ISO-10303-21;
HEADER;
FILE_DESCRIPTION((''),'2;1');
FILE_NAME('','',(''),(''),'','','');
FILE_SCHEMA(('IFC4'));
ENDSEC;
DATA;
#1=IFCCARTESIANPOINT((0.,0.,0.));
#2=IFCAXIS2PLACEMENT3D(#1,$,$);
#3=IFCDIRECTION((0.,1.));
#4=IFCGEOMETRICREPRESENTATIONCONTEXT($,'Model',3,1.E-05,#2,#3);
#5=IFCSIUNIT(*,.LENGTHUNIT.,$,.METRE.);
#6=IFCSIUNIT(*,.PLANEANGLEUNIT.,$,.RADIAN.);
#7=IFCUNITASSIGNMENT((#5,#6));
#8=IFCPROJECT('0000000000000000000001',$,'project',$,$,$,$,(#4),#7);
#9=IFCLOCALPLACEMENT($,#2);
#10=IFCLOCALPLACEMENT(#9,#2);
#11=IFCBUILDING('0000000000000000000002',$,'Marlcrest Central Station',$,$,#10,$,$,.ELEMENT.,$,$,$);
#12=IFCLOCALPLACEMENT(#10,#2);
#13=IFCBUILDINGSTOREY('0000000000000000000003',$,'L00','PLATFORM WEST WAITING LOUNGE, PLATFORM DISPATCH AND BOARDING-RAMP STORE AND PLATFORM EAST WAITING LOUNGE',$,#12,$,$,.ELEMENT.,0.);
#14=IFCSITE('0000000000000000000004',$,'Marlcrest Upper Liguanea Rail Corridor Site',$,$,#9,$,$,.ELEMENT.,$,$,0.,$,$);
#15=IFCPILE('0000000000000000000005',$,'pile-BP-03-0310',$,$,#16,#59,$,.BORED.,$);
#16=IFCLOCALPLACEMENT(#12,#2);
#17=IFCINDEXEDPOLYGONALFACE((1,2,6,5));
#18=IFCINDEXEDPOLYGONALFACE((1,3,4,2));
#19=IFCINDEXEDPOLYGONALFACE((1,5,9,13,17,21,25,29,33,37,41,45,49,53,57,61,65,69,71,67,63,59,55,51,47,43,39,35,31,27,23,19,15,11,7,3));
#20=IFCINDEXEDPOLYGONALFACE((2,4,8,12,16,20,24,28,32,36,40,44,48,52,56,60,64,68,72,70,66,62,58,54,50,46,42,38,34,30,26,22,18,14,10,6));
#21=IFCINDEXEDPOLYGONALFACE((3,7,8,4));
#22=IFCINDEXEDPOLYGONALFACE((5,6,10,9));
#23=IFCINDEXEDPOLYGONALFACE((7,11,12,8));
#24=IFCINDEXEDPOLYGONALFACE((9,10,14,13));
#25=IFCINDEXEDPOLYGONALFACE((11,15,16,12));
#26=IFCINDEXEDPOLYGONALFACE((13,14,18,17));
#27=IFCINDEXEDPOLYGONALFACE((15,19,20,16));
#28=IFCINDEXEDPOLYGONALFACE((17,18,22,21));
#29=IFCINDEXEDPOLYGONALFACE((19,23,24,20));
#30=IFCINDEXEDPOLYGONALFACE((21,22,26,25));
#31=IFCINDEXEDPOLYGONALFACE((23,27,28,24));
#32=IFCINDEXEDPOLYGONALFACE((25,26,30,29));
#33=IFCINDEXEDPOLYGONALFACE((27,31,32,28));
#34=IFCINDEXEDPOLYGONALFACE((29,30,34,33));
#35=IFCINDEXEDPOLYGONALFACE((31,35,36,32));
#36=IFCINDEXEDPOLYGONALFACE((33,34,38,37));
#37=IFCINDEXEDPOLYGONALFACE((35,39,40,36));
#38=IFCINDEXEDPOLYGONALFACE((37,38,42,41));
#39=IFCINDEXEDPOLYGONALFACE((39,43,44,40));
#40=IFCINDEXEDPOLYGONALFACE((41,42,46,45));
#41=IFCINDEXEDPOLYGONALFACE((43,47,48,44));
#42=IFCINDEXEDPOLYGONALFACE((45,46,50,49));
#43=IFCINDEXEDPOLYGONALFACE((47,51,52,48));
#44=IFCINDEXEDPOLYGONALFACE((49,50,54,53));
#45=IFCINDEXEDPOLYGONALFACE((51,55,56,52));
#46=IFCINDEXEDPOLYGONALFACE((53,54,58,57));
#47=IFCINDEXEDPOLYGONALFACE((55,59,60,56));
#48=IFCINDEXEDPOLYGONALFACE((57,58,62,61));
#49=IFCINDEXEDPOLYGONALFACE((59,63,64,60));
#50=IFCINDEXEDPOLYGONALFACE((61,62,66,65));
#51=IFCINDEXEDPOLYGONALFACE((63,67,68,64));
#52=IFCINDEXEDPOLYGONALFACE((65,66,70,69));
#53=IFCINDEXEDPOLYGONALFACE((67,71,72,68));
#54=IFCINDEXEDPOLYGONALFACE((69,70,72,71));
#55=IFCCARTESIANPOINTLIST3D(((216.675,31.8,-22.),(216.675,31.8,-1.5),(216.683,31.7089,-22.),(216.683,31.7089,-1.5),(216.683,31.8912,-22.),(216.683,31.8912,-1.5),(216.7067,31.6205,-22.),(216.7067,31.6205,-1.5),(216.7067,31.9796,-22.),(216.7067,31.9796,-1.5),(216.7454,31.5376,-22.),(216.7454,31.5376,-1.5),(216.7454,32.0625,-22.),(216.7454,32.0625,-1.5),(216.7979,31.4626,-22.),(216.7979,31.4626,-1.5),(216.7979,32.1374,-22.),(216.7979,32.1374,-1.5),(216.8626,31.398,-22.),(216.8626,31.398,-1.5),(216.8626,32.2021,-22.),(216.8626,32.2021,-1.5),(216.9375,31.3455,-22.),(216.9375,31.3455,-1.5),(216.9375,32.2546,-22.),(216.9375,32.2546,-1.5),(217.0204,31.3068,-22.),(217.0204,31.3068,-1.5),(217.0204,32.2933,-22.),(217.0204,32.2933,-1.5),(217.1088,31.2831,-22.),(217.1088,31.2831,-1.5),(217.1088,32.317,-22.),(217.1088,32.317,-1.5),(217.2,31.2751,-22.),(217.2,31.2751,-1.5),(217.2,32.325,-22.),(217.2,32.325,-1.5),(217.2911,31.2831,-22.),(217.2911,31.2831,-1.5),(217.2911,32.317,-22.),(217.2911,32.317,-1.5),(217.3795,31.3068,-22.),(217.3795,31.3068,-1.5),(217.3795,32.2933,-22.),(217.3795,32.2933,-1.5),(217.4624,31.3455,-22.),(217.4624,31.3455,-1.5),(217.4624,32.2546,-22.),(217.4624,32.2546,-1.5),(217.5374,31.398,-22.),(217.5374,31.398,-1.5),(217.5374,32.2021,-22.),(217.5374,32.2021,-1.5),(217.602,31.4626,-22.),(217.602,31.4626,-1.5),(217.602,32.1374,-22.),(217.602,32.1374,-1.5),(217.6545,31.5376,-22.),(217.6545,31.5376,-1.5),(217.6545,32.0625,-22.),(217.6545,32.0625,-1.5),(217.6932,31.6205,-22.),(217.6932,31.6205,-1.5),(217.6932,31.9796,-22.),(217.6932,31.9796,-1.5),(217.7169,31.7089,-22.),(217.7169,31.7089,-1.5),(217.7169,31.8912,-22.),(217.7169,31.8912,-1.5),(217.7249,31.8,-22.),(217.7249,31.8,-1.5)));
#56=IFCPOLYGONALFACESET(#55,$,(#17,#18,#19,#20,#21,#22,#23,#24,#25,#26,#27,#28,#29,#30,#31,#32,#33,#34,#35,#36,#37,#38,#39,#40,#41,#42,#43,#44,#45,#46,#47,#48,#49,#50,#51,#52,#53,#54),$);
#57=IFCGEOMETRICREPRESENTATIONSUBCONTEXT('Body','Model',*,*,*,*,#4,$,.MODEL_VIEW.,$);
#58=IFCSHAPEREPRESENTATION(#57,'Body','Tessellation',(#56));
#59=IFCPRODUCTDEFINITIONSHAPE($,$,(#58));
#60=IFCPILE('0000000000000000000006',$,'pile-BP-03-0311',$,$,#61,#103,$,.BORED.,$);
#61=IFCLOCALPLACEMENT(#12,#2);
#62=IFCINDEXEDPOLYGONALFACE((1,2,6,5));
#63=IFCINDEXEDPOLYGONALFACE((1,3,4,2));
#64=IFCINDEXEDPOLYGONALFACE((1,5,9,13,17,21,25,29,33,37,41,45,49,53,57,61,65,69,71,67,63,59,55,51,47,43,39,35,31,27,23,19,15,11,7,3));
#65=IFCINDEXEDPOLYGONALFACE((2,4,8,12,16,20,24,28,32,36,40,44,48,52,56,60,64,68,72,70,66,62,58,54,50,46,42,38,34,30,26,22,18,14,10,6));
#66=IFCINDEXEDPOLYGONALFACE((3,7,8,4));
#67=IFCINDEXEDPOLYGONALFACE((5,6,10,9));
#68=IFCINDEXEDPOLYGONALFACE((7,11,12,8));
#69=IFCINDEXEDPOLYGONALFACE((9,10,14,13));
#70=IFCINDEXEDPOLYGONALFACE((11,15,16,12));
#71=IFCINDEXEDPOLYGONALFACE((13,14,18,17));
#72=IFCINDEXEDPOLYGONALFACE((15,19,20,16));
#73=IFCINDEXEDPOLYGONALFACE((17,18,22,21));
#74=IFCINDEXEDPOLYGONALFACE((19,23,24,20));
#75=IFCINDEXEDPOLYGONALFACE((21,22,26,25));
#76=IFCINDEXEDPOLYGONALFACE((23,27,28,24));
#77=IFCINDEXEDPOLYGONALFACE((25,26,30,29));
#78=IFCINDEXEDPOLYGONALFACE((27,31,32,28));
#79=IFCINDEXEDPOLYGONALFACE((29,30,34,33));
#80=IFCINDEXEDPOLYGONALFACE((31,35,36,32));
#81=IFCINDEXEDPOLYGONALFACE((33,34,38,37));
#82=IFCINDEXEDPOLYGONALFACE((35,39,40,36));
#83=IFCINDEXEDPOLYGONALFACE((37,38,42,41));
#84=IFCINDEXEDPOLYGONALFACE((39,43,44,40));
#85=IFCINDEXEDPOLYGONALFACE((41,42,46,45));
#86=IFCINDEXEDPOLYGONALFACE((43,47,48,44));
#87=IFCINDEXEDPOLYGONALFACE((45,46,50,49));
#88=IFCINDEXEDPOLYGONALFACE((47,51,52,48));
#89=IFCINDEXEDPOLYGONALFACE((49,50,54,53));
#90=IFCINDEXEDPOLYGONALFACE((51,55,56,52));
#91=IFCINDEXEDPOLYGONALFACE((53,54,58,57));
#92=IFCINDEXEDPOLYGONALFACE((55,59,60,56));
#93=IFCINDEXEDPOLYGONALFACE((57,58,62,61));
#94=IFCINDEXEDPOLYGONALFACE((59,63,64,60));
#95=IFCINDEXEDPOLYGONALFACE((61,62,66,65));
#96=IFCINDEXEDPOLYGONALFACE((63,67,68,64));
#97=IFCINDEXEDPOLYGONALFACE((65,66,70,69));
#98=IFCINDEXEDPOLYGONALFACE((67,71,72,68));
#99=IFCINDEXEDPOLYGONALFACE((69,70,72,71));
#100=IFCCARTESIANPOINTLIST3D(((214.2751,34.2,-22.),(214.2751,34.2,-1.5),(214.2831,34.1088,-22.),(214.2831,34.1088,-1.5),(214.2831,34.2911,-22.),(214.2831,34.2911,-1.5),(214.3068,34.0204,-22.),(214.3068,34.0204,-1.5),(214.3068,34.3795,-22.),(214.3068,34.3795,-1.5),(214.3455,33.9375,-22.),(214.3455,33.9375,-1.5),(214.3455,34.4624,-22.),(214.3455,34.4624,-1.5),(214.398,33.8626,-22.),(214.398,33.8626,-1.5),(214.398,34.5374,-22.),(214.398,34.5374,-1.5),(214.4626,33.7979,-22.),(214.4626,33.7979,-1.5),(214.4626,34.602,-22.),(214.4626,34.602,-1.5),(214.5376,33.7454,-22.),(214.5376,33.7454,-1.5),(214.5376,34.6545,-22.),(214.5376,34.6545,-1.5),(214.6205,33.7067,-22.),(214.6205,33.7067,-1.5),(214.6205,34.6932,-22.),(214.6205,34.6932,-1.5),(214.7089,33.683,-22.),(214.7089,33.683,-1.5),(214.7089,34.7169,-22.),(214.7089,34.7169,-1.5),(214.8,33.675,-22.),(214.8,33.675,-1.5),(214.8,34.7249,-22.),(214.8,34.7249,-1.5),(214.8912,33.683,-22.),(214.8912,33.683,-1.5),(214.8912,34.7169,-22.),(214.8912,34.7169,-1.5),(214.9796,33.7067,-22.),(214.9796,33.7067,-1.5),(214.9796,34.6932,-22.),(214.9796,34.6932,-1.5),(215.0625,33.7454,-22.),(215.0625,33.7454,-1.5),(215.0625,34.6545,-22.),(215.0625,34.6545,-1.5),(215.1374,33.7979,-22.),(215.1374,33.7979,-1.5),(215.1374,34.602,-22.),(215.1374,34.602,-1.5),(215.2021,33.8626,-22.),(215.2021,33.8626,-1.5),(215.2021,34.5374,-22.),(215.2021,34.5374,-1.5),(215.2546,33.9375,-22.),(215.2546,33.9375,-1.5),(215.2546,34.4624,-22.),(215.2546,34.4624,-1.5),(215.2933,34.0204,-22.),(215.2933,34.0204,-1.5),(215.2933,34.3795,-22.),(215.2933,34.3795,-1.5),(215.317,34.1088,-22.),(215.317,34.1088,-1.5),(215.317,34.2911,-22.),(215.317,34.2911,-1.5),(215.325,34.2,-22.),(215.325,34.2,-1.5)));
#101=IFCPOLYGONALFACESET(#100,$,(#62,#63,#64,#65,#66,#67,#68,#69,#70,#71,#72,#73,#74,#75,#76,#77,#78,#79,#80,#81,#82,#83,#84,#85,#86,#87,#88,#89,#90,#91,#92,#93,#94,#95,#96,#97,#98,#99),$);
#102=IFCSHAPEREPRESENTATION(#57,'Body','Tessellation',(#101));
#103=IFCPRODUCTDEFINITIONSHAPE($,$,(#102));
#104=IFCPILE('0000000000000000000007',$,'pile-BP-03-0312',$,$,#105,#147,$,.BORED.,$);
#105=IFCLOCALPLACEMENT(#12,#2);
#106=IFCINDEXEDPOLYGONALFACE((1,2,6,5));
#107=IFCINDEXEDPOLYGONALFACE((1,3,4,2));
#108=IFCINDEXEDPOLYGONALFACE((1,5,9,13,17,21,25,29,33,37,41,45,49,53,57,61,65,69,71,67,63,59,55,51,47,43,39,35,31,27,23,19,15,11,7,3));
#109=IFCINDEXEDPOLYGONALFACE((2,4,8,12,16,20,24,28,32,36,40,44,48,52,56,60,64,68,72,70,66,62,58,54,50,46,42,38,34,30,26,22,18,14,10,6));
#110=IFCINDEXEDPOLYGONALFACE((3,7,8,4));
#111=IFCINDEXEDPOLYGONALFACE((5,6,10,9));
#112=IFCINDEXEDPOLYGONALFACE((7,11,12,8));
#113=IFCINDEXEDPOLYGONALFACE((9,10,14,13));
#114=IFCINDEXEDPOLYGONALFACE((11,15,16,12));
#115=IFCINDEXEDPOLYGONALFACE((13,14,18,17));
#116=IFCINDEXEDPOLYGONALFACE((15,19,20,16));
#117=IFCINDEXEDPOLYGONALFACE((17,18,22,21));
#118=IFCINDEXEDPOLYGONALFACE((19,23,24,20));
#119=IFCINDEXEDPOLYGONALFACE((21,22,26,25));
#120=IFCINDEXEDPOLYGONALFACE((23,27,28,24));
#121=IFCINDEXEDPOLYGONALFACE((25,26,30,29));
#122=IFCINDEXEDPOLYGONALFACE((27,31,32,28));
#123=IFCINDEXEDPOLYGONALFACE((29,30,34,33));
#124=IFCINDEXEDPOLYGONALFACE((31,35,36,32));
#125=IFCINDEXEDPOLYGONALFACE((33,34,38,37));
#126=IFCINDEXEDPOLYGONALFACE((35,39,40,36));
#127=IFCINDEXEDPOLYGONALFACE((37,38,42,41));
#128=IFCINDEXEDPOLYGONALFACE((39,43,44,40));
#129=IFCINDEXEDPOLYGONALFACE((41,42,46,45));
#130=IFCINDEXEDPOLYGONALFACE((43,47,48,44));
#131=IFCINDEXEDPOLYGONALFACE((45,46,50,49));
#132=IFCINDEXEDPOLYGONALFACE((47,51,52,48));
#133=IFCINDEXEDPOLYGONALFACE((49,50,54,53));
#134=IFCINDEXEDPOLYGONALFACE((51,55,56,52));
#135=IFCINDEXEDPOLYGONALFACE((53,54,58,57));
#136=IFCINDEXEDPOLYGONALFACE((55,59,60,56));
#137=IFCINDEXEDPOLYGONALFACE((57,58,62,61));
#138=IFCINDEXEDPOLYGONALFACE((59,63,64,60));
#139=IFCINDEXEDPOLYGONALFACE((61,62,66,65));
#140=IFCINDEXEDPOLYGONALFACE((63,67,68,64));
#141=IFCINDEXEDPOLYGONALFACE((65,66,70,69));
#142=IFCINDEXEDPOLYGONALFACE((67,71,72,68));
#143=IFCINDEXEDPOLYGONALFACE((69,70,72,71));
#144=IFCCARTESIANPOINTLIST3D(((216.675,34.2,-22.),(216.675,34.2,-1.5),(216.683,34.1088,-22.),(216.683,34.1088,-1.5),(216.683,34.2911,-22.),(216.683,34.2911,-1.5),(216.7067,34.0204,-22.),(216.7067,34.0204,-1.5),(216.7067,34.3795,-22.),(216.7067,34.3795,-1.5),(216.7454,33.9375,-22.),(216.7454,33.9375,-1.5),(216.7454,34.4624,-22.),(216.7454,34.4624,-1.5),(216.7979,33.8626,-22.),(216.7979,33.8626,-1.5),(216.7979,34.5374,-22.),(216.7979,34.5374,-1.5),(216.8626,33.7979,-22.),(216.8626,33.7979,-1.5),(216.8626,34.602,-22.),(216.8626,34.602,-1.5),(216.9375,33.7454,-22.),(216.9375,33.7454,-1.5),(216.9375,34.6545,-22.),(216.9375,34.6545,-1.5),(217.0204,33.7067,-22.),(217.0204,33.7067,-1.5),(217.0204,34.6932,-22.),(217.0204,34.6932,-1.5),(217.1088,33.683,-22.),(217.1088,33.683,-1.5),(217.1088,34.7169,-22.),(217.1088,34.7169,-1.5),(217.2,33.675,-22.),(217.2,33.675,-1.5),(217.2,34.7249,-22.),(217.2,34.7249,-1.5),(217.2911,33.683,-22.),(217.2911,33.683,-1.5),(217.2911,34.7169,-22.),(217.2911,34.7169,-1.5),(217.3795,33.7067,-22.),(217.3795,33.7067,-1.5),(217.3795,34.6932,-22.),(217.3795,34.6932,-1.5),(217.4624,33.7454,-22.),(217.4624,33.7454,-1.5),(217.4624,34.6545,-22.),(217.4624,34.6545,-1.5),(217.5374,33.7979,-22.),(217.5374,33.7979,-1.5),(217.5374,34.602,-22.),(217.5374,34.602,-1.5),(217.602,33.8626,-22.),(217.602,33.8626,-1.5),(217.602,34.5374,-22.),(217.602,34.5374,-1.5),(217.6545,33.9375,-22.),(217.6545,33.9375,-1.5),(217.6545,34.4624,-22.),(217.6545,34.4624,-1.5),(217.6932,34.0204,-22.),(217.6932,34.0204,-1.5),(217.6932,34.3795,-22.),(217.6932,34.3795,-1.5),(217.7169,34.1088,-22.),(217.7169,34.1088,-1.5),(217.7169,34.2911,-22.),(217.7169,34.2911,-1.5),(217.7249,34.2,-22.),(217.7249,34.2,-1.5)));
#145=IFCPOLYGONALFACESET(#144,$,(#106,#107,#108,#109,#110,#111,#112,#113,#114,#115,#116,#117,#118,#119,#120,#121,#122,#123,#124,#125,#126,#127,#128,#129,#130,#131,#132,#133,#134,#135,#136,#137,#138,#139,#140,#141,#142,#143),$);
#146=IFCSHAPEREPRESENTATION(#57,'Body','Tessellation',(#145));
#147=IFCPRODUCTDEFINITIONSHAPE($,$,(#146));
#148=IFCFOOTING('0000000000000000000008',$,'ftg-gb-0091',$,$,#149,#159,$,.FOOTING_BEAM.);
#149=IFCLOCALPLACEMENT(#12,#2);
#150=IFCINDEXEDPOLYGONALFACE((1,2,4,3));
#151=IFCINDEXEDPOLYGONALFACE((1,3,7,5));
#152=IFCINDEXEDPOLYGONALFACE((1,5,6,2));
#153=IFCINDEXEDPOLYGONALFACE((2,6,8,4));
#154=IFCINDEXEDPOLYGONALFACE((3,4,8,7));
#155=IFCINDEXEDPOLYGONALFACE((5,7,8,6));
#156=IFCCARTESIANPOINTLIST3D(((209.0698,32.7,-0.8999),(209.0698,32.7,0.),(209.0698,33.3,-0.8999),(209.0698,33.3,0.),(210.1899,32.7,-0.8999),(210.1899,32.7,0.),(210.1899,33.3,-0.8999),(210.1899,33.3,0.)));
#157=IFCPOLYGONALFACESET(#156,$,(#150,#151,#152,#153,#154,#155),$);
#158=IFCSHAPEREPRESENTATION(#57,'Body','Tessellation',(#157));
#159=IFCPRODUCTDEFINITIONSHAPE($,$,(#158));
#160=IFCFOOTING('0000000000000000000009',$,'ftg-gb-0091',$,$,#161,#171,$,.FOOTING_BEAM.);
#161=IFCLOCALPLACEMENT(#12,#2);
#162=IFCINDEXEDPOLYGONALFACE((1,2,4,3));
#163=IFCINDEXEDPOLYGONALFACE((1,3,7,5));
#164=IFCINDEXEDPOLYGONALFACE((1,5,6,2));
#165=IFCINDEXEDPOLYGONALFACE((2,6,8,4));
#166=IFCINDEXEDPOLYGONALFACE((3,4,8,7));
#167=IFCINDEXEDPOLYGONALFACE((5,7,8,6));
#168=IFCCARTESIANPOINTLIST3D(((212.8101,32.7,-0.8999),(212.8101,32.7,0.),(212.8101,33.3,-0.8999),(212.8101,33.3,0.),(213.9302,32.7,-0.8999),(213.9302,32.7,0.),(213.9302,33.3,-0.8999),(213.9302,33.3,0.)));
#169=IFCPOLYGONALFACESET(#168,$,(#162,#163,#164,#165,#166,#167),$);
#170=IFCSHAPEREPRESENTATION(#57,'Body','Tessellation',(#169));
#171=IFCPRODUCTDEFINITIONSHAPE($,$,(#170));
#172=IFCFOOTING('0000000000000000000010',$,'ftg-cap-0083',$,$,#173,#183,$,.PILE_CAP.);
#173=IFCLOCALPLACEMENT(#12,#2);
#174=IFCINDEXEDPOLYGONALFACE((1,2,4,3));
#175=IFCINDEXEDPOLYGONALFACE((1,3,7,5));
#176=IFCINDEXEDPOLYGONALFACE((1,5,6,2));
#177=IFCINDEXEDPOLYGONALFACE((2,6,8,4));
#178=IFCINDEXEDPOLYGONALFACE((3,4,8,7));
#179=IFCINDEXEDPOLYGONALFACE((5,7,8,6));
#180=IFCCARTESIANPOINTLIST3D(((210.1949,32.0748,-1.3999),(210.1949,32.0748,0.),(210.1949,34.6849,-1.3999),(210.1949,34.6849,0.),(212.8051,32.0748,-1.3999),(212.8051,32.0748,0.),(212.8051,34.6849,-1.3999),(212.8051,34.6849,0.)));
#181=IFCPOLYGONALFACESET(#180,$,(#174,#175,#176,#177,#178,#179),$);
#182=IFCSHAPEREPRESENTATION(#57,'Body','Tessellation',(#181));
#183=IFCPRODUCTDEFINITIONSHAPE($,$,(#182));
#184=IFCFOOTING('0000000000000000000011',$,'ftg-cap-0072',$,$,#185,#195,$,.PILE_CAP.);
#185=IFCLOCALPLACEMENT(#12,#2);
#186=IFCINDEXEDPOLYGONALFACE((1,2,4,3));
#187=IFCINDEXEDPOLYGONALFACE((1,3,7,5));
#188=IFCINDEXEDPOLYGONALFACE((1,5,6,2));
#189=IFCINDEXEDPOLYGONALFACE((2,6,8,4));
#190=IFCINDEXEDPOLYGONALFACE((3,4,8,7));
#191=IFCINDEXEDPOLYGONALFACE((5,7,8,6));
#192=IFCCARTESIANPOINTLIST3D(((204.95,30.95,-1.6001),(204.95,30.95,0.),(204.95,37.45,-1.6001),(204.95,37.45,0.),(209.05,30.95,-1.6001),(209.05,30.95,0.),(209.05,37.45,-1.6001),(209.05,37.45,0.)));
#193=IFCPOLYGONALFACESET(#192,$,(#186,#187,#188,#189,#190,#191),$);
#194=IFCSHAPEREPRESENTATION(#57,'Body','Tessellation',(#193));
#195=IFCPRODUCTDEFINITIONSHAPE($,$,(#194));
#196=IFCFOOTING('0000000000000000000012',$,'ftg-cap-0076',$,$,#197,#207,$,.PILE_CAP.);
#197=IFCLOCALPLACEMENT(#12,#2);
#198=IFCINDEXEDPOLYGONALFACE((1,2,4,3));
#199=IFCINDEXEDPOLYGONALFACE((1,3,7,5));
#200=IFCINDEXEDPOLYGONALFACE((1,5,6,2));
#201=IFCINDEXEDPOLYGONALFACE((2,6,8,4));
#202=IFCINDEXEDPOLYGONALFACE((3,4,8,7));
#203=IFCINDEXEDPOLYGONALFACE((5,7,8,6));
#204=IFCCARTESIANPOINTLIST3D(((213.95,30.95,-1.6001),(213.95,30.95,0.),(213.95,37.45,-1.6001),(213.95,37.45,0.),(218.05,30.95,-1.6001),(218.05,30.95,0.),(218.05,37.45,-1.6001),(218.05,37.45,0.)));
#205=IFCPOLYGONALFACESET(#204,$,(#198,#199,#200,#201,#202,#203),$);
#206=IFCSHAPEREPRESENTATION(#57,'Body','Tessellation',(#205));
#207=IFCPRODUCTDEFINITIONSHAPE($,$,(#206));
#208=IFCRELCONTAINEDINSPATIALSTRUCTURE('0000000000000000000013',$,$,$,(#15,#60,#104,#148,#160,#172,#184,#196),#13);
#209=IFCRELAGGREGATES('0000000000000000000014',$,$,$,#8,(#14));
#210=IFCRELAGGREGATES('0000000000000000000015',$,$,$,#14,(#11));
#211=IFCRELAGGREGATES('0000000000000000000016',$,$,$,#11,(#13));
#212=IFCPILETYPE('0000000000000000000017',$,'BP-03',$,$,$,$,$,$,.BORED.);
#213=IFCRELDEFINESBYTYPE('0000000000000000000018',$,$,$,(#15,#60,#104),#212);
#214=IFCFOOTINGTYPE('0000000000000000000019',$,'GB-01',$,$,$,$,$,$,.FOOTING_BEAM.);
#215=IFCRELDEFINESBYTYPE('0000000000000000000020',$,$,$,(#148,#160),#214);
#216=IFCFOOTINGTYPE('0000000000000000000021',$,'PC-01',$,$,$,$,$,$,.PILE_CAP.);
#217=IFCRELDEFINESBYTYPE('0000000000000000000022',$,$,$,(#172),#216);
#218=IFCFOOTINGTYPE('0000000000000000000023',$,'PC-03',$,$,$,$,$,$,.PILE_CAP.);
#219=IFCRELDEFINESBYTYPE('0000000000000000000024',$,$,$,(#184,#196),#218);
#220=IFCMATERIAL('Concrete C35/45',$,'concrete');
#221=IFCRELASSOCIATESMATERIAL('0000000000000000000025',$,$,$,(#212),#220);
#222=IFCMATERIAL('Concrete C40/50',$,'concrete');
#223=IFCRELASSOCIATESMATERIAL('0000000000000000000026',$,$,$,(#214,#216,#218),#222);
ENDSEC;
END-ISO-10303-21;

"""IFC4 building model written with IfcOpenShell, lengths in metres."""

from ifc_helpers import new_model, si_unit, direction, frame, origin, origin_2d, place, context, subcontext, project, spatial, rectangle, circle, extrude, material, material_profile, profile_set, type_object, element, save


model = new_model("IFC4")

# Units and contexts
model_context = context("Model", 3, precision=1e-05, world=origin(), true_north=direction((0.0, 1.0)))
body_context = subcontext(model_context, "Body", "Model", "MODEL_VIEW")
ifc_project = project(units=[si_unit("LENGTHUNIT", "METRE"), si_unit("PLANEANGLEUNIT", "RADIAN")], contexts=[model_context])

# Site, building, storey
site_placement = place(None, origin())
site = spatial("IfcSite", under=ifc_project, at=site_placement, Name="Marlcrest Upper Liguanea Rail Corridor Site", CompositionType="ELEMENT", RefElevation=0.0)
building_placement = place(site_placement, origin())
building = spatial("IfcBuilding", under=site, at=building_placement, Name="Marlcrest Central Station", CompositionType="ELEMENT")
storey_placement = place(building_placement, origin())
storey = spatial("IfcBuildingStorey", under=building, at=storey_placement, Name="L00", Description="PLATFORM WEST WAITING LOUNGE, PLATFORM DISPATCH AND BOARDING-RAMP STORE AND PLATFORM EAST WAITING LOUNGE", CompositionType="ELEMENT", Elevation=0.0)

# Piles
ifc_material_1 = material(Name="Concrete C35/45", Category="concrete")
ifc_material_profile_1 = material_profile(ifc_material_1, circle(Radius=0.5249, at=origin_2d()), Name="PILE D1050")
ifc_profile_set_1 = profile_set([ifc_material_profile_1], Name="Concrete C35/45")
pile_type_1 = type_object("IfcPileType", Name="BP-03", PredefinedType="BORED", material=ifc_profile_set_1)
for number, where, z_axis, x_axis, name in (
    (1, (217.2, 31.8, -1.5), (0.0, 0.0, -1.0), (1.0, 0.0, 0.0), "pile-BP-03-0310"),
    (2, (214.8, 34.2, -1.5), (0.0, 0.0, -1.0), (1.0, 0.0, 0.0), "pile-BP-03-0311"),
    (3, (217.2, 34.2, -1.5), (0.0, 0.0, -1.0), (1.0, 0.0, 0.0), "pile-BP-03-0312"),
):
    element("IfcPile", number, at=place(storey_placement, frame(where, z_axis=z_axis, x_axis=x_axis)), inside=storey, type_object=pile_type_1, Name=name, PredefinedType="BORED", context=body_context, shape_type="SweptSolid", body=[
        extrude(circle(Radius=0.5249, at=origin_2d()), origin(), (0.0, 0.0, 1.0), 20.5),
    ])

# Footings
ifc_material_2 = material(Name="Concrete C40/50", Category="concrete")
footing_type_1 = type_object("IfcFootingType", Name="GB-01", PredefinedType="FOOTING_BEAM", material=ifc_material_2)
for number, where, z_axis, x_axis, name in (
    (4, (209.6299, 33.0, -0.8999), (0.0, 0.0, 1.0), (1.0, 0.0, 0.0), "ftg-gb-0091"),
    (5, (213.3701, 33.0, -0.8999), (0.0, 0.0, 1.0), (1.0, 0.0, 0.0), "ftg-gb-0091"),
):
    element("IfcFooting", number, at=place(storey_placement, frame(where, z_axis=z_axis, x_axis=x_axis)), inside=storey, type_object=footing_type_1, Name=name, PredefinedType="FOOTING_BEAM", context=body_context, shape_type="SweptSolid", body=[
        extrude(rectangle(XDim=1.1201, YDim=0.6001, at=origin_2d()), origin(), (0.0, 0.0, 1.0), 0.8999),
    ])
footing_type_2 = type_object("IfcFootingType", Name="PC-01", PredefinedType="PILE_CAP", material=ifc_material_2)
footing_1_placement = place(storey_placement, frame((211.5, 33.3799, -1.3999), z_axis=(0.0, 0.0, 1.0), x_axis=(1.0, 0.0, 0.0)))
element("IfcFooting", 6, at=footing_1_placement, inside=storey, type_object=footing_type_2, Name="ftg-cap-0083", PredefinedType="PILE_CAP", context=body_context, shape_type="SweptSolid", body=[
    extrude(rectangle(XDim=2.6101, YDim=2.6101, at=origin_2d()), origin(), (0.0, 0.0, 1.0), 1.3999),
])
footing_type_3 = type_object("IfcFootingType", Name="PC-03", PredefinedType="PILE_CAP", material=ifc_material_2)
for number, where, z_axis, x_axis, name in (
    (7, (207.0, 34.2, -1.6001), (0.0, 0.0, 1.0), (1.0, 0.0, 0.0), "ftg-cap-0072"),
    (8, (216.0, 34.2, -1.6001), (0.0, 0.0, 1.0), (1.0, 0.0, 0.0), "ftg-cap-0076"),
):
    element("IfcFooting", number, at=place(storey_placement, frame(where, z_axis=z_axis, x_axis=x_axis)), inside=storey, type_object=footing_type_3, Name=name, PredefinedType="PILE_CAP", context=body_context, shape_type="SweptSolid", body=[
        extrude(rectangle(XDim=4.1001, YDim=6.5, at=origin_2d()), origin(), (0.0, 0.0, 1.0), 1.6001),
    ])

save(model, "model.ifc")
